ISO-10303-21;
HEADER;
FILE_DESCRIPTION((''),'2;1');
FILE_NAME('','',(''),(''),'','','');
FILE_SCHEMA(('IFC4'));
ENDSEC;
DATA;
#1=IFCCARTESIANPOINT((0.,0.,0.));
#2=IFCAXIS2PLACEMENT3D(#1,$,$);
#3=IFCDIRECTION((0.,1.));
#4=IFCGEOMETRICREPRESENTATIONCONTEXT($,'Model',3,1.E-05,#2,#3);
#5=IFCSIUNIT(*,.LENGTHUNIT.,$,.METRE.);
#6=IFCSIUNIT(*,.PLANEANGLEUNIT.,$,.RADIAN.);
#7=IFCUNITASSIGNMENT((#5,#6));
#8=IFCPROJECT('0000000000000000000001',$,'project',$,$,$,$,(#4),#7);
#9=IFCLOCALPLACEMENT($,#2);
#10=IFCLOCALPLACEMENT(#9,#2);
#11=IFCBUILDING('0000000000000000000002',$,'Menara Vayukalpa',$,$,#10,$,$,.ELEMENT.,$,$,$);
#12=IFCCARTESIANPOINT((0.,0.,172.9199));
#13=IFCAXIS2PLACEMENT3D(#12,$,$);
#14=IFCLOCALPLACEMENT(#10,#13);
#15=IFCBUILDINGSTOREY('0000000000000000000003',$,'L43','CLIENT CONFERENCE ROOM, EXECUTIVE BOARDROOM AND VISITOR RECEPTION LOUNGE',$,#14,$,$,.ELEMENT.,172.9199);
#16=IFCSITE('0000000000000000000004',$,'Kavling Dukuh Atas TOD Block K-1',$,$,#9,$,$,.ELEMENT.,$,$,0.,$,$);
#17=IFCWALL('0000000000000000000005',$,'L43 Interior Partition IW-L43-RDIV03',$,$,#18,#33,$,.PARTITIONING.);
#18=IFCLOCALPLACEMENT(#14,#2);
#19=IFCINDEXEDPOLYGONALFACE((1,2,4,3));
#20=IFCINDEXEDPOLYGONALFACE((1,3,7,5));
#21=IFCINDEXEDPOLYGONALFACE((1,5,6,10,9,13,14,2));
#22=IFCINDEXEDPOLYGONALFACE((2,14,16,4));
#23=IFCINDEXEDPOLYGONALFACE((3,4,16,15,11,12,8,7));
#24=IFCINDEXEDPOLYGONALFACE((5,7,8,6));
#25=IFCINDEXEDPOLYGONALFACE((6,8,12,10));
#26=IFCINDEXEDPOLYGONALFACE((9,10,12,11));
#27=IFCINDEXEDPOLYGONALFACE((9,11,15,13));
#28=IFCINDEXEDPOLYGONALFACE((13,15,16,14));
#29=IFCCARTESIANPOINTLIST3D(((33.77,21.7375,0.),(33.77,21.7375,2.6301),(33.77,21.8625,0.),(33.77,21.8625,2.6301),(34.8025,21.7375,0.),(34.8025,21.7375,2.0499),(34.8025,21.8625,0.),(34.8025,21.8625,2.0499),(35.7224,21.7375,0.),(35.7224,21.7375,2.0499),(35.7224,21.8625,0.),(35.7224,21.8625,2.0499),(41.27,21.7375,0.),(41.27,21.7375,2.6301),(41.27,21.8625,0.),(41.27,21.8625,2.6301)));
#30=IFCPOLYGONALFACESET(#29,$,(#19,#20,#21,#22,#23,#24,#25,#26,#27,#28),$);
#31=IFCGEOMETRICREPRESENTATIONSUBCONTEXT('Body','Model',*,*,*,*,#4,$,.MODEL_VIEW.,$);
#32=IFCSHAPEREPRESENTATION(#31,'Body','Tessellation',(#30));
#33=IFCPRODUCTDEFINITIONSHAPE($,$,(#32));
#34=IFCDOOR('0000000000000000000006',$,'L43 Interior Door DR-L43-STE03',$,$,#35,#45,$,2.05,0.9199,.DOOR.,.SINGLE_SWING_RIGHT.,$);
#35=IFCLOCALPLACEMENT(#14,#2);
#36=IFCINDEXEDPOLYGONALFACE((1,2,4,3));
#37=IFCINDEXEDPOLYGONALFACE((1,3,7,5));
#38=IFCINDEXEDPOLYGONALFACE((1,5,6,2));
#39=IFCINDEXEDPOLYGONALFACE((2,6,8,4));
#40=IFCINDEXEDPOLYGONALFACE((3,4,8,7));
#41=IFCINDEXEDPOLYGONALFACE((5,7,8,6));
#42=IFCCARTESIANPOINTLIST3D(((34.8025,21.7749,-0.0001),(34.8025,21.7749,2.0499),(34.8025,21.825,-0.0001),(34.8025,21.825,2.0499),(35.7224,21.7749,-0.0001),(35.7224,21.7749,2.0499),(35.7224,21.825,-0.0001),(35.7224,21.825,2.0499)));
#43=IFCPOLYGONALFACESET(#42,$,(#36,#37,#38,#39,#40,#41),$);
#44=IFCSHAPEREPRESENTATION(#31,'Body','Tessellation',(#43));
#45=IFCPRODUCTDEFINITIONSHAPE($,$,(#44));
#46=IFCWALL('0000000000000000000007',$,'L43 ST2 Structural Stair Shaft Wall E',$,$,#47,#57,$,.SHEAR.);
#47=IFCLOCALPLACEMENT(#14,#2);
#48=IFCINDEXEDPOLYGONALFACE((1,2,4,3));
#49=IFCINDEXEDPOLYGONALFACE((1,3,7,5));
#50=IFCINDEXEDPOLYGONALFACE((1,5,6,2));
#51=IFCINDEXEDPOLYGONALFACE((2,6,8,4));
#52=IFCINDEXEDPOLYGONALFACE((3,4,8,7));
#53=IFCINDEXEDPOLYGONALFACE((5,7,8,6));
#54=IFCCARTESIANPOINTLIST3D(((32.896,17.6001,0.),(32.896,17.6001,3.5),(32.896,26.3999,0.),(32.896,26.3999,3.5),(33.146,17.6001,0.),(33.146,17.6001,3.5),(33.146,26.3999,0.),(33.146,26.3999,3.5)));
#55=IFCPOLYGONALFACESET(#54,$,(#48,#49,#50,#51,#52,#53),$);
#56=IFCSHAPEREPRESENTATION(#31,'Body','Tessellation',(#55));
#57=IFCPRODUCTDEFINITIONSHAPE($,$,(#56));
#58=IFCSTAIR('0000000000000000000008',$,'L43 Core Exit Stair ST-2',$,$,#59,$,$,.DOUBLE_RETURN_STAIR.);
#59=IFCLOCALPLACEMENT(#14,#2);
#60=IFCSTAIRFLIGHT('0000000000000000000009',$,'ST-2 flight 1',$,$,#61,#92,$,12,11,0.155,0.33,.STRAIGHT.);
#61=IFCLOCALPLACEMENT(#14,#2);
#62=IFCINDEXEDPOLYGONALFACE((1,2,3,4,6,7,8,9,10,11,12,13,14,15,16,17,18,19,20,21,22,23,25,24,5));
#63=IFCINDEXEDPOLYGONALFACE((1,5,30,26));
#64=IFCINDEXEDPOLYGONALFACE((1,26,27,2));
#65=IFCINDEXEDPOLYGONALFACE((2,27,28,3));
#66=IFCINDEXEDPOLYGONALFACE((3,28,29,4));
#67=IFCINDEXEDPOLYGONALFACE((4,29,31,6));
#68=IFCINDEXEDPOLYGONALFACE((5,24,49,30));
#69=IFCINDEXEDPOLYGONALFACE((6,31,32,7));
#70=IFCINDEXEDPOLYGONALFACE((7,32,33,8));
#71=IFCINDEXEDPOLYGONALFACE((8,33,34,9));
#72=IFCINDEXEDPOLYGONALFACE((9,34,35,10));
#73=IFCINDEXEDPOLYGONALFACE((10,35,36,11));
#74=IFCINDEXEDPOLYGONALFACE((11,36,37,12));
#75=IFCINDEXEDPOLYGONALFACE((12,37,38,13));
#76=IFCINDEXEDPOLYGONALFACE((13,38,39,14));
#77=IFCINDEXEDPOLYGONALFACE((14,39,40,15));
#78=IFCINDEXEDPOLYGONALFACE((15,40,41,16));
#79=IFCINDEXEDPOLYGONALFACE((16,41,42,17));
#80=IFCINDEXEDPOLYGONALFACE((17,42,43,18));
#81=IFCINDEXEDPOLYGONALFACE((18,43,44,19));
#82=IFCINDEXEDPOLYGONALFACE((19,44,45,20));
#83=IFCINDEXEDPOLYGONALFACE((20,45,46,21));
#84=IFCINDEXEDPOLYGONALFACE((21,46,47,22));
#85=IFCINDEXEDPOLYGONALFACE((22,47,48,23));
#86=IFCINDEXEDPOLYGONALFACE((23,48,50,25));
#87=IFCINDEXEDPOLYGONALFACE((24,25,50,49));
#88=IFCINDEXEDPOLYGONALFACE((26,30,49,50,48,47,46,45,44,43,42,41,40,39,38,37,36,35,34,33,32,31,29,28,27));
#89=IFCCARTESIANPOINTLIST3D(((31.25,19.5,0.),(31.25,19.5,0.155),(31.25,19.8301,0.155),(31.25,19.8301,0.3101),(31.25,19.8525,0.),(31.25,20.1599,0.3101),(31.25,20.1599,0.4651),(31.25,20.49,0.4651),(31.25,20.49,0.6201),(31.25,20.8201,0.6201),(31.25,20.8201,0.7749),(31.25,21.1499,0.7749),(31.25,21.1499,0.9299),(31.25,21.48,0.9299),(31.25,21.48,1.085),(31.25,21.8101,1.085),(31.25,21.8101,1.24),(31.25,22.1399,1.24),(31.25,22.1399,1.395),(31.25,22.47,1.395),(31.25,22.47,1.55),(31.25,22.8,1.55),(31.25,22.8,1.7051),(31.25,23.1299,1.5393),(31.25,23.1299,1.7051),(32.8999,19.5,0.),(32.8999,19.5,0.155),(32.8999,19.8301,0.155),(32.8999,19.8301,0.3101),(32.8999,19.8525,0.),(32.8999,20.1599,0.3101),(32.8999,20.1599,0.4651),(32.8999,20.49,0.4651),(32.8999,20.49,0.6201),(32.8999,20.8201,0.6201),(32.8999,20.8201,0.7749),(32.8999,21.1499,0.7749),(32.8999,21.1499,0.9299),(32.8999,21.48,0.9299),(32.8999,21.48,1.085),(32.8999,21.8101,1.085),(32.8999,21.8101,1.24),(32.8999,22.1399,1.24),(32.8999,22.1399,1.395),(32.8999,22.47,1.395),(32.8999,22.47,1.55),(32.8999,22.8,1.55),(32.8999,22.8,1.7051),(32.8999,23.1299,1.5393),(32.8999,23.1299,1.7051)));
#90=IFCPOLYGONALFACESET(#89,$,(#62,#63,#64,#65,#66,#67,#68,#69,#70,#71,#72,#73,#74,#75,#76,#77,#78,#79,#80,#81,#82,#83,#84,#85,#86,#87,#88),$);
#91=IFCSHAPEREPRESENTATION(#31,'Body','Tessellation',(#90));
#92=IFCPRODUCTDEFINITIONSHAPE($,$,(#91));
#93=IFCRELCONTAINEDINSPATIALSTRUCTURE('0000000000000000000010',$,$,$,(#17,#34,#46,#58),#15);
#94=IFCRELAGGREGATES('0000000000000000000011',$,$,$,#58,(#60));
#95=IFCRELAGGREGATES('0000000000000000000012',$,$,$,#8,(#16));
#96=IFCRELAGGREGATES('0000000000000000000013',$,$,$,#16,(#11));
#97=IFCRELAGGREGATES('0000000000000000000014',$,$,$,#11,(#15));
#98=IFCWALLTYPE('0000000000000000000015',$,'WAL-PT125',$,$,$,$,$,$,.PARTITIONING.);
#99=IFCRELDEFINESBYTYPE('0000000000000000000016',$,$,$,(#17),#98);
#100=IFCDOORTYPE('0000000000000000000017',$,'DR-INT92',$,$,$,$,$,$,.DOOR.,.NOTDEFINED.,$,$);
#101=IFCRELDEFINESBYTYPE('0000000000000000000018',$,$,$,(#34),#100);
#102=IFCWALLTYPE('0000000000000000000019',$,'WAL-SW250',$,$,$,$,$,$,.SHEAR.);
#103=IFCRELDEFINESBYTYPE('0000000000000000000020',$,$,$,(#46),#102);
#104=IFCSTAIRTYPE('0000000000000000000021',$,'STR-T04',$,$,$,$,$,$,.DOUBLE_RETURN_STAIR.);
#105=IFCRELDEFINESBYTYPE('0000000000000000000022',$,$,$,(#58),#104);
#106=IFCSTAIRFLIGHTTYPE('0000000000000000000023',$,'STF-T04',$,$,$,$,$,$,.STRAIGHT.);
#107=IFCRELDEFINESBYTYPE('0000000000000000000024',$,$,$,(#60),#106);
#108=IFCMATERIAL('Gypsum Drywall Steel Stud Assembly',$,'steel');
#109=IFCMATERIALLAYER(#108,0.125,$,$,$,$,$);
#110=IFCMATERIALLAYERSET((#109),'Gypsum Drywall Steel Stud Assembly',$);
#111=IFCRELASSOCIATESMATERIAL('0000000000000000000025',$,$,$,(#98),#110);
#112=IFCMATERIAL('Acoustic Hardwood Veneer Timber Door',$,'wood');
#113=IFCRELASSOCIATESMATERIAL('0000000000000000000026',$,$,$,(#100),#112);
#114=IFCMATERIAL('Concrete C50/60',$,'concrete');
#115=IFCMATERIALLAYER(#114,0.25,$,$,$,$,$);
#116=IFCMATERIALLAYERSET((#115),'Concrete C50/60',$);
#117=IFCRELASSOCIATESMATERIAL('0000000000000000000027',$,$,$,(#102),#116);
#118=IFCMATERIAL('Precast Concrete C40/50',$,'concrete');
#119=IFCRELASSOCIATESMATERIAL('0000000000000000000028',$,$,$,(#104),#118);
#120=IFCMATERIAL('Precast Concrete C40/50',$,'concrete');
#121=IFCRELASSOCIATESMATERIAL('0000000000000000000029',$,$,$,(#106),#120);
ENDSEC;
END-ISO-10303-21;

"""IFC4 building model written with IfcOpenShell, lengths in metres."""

from ifc_helpers import new_model, si_unit, direction, frame, frame_2d, origin, place, context, subcontext, project, spatial, polyline, rectangle, outline, extrude, material, layer, layer_set, type_object, element, fill, aggregate, save


model = new_model("IFC4")

# Units and contexts
model_context = context("Model", 3, precision=1e-05, world=origin(), true_north=direction((0.0, 1.0)))
body_context = subcontext(model_context, "Body", "Model", "MODEL_VIEW")
ifc_project = project(units=[si_unit("LENGTHUNIT", "METRE"), si_unit("PLANEANGLEUNIT", "RADIAN")], contexts=[model_context])

# Site, building, storey
site_placement = place(None, origin())
site = spatial("IfcSite", under=ifc_project, at=site_placement, Name="Kavling Dukuh Atas TOD Block K-1", CompositionType="ELEMENT", RefElevation=0.0)
building_placement = place(site_placement, origin())
building = spatial("IfcBuilding", under=site, at=building_placement, Name="Menara Vayukalpa", CompositionType="ELEMENT")
storey_placement = place(building_placement, frame((0.0, 0.0, 172.9199)))
storey = spatial("IfcBuildingStorey", under=building, at=storey_placement, Name="L43", Description="CLIENT CONFERENCE ROOM, EXECUTIVE BOARDROOM AND VISITOR RECEPTION LOUNGE", CompositionType="ELEMENT", Elevation=172.9199)

# Wall, opening, door
ifc_material_1 = material(Name="Gypsum Drywall Steel Stud Assembly", Category="steel")
ifc_layer_1 = layer(ifc_material_1, 0.125)
ifc_layer_set_1 = layer_set([ifc_layer_1], Name="Gypsum Drywall Steel Stud Assembly")
wall_type_1 = type_object("IfcWallType", Name="WAL-PT125", PredefinedType="PARTITIONING", material=ifc_layer_set_1)
wall_1_placement = place(storey_placement, frame((33.77, 21.8, 0.0), z_axis=(0.0, 0.0, 1.0), x_axis=(1.0, 0.0, 0.0)))
wall_1 = element("IfcWall", 1, at=wall_1_placement, inside=storey, type_object=wall_type_1, Name="L43 Interior Partition IW-L43-RDIV03", PredefinedType="PARTITIONING", context=body_context, shape_type="SweptSolid", body=[
    extrude(rectangle(XDim=7.5, YDim=0.125, at=frame_2d((3.75, 0.0))), origin(), (0.0, 0.0, 1.0), 2.6301),
])
opening_placement = place(wall_1_placement, frame((1.0325, 0.0, 0.0)))
opening = element("IfcOpeningElement", 2, at=opening_placement, cuts=wall_1, PredefinedType="OPENING", context=body_context, shape_type="SweptSolid", body=[
    extrude(rectangle(XDim=0.9199, YDim=2.05, at=frame_2d((0.46, 1.0249))), frame((0.0, 0.0725, 0.0), z_axis=(0.0, -1.0, 0.0), x_axis=(1.0, 0.0, 0.0)), (0.0, 0.0, 1.0), 0.145),
])
ifc_material_2 = material(Name="Acoustic Hardwood Veneer Timber Door", Category="wood")
door_type = type_object("IfcDoorType", Name="DR-INT92", OperationType="NOTDEFINED", PredefinedType="DOOR", material=ifc_material_2)
door_placement = place(opening_placement, origin())
door = element("IfcDoor", 3, at=door_placement, inside=storey, type_object=door_type, Name="L43 Interior Door DR-L43-STE03", OperationType="SINGLE_SWING_RIGHT", OverallHeight=2.05, OverallWidth=0.9199, PredefinedType="DOOR", context=body_context, shape_type="SweptSolid", body=[
    extrude(rectangle(XDim=0.9199, YDim=2.05, at=frame_2d((0.46, 1.0249))), frame((0.0, 0.0249, 0.0), z_axis=(0.0, -1.0, 0.0), x_axis=(1.0, 0.0, 0.0)), (0.0, 0.0, 1.0), 0.05),
])
fill(opening, door)

# Wall
ifc_material_3 = material(Name="Concrete C50/60", Category="concrete")
ifc_layer_2 = layer(ifc_material_3, 0.25)
ifc_layer_set_2 = layer_set([ifc_layer_2], Name="Concrete C50/60")
wall_type_2 = type_object("IfcWallType", Name="WAL-SW250", PredefinedType="SHEAR", material=ifc_layer_set_2)
wall_2_placement = place(storey_placement, frame((33.021, 17.6001, 0.0), z_axis=(0.0, 0.0, 1.0), x_axis=(0.0, 1.0, 0.0)))
element("IfcWall", 4, at=wall_2_placement, inside=storey, type_object=wall_type_2, Name="L43 ST2 Structural Stair Shaft Wall E", PredefinedType="SHEAR", context=body_context, shape_type="SweptSolid", body=[
    extrude(rectangle(XDim=8.7998, YDim=0.25, at=frame_2d((4.3999, 0.0))), origin(), (0.0, 0.0, 1.0), 3.5),
])

# Stair, stair flight
ifc_material_4 = material(Name="Precast Concrete C40/50", Category="concrete")
stair_type = type_object("IfcStairType", Name="STR-T04", PredefinedType="DOUBLE_RETURN_STAIR", material=ifc_material_4)
stair_placement = place(storey_placement, origin())
stair = element("IfcStair", 5, at=stair_placement, inside=storey, type_object=stair_type, Name="L43 Core Exit Stair ST-2", PredefinedType="DOUBLE_RETURN_STAIR")
ifc_material_5 = material(Name="Precast Concrete C40/50", Category="concrete")
stair_flight_type = type_object("IfcStairFlightType", Name="STF-T04", PredefinedType="STRAIGHT", material=ifc_material_5)
stair_flight_placement = place(storey_placement, frame((32.075, 19.5, 0.0), z_axis=(0.0, 0.0, 1.0), x_axis=(0.0, 1.0, 0.0)))
stair_flight = element("IfcStairFlight", 6, at=stair_flight_placement, type_object=stair_flight_type, Name="ST-2 flight 1", NumberOfRisers=12, NumberOfTreads=11, PredefinedType="STRAIGHT", RiserHeight=0.155, TreadLength=0.33, context=body_context, shape_type="SweptSolid", body=[
    extrude(outline(polyline([(0.0, 0.0), (0.0, 0.155), (0.3301, 0.155), (0.3301, 0.3101), (0.6599, 0.3101), (0.6599, 0.4651), (0.99, 0.4651), (0.99, 0.6201), (1.3201, 0.6201), (1.3201, 0.7749), (1.6499, 0.7749), (1.6499, 0.9299), (1.98, 0.9299), (1.98, 1.085), (2.3101, 1.085), (2.3101, 1.24), (2.6399, 1.24), (2.6399, 1.395), (2.97, 1.395), (2.97, 1.55), (3.3, 1.55), (3.3, 1.7051), (3.6299, 1.7051), (3.6299, 1.8601), (3.6299, 1.5393), (0.3525, 0.0), (0.0, 0.0)])), frame((0.0, 0.825, 0.0), z_axis=(0.0, -1.0, 0.0), x_axis=(1.0, 0.0, 0.0)), (0.0, 0.0, 1.0), 1.6499),
])
aggregate(stair, [stair_flight])

save(model, "model.ifc")
